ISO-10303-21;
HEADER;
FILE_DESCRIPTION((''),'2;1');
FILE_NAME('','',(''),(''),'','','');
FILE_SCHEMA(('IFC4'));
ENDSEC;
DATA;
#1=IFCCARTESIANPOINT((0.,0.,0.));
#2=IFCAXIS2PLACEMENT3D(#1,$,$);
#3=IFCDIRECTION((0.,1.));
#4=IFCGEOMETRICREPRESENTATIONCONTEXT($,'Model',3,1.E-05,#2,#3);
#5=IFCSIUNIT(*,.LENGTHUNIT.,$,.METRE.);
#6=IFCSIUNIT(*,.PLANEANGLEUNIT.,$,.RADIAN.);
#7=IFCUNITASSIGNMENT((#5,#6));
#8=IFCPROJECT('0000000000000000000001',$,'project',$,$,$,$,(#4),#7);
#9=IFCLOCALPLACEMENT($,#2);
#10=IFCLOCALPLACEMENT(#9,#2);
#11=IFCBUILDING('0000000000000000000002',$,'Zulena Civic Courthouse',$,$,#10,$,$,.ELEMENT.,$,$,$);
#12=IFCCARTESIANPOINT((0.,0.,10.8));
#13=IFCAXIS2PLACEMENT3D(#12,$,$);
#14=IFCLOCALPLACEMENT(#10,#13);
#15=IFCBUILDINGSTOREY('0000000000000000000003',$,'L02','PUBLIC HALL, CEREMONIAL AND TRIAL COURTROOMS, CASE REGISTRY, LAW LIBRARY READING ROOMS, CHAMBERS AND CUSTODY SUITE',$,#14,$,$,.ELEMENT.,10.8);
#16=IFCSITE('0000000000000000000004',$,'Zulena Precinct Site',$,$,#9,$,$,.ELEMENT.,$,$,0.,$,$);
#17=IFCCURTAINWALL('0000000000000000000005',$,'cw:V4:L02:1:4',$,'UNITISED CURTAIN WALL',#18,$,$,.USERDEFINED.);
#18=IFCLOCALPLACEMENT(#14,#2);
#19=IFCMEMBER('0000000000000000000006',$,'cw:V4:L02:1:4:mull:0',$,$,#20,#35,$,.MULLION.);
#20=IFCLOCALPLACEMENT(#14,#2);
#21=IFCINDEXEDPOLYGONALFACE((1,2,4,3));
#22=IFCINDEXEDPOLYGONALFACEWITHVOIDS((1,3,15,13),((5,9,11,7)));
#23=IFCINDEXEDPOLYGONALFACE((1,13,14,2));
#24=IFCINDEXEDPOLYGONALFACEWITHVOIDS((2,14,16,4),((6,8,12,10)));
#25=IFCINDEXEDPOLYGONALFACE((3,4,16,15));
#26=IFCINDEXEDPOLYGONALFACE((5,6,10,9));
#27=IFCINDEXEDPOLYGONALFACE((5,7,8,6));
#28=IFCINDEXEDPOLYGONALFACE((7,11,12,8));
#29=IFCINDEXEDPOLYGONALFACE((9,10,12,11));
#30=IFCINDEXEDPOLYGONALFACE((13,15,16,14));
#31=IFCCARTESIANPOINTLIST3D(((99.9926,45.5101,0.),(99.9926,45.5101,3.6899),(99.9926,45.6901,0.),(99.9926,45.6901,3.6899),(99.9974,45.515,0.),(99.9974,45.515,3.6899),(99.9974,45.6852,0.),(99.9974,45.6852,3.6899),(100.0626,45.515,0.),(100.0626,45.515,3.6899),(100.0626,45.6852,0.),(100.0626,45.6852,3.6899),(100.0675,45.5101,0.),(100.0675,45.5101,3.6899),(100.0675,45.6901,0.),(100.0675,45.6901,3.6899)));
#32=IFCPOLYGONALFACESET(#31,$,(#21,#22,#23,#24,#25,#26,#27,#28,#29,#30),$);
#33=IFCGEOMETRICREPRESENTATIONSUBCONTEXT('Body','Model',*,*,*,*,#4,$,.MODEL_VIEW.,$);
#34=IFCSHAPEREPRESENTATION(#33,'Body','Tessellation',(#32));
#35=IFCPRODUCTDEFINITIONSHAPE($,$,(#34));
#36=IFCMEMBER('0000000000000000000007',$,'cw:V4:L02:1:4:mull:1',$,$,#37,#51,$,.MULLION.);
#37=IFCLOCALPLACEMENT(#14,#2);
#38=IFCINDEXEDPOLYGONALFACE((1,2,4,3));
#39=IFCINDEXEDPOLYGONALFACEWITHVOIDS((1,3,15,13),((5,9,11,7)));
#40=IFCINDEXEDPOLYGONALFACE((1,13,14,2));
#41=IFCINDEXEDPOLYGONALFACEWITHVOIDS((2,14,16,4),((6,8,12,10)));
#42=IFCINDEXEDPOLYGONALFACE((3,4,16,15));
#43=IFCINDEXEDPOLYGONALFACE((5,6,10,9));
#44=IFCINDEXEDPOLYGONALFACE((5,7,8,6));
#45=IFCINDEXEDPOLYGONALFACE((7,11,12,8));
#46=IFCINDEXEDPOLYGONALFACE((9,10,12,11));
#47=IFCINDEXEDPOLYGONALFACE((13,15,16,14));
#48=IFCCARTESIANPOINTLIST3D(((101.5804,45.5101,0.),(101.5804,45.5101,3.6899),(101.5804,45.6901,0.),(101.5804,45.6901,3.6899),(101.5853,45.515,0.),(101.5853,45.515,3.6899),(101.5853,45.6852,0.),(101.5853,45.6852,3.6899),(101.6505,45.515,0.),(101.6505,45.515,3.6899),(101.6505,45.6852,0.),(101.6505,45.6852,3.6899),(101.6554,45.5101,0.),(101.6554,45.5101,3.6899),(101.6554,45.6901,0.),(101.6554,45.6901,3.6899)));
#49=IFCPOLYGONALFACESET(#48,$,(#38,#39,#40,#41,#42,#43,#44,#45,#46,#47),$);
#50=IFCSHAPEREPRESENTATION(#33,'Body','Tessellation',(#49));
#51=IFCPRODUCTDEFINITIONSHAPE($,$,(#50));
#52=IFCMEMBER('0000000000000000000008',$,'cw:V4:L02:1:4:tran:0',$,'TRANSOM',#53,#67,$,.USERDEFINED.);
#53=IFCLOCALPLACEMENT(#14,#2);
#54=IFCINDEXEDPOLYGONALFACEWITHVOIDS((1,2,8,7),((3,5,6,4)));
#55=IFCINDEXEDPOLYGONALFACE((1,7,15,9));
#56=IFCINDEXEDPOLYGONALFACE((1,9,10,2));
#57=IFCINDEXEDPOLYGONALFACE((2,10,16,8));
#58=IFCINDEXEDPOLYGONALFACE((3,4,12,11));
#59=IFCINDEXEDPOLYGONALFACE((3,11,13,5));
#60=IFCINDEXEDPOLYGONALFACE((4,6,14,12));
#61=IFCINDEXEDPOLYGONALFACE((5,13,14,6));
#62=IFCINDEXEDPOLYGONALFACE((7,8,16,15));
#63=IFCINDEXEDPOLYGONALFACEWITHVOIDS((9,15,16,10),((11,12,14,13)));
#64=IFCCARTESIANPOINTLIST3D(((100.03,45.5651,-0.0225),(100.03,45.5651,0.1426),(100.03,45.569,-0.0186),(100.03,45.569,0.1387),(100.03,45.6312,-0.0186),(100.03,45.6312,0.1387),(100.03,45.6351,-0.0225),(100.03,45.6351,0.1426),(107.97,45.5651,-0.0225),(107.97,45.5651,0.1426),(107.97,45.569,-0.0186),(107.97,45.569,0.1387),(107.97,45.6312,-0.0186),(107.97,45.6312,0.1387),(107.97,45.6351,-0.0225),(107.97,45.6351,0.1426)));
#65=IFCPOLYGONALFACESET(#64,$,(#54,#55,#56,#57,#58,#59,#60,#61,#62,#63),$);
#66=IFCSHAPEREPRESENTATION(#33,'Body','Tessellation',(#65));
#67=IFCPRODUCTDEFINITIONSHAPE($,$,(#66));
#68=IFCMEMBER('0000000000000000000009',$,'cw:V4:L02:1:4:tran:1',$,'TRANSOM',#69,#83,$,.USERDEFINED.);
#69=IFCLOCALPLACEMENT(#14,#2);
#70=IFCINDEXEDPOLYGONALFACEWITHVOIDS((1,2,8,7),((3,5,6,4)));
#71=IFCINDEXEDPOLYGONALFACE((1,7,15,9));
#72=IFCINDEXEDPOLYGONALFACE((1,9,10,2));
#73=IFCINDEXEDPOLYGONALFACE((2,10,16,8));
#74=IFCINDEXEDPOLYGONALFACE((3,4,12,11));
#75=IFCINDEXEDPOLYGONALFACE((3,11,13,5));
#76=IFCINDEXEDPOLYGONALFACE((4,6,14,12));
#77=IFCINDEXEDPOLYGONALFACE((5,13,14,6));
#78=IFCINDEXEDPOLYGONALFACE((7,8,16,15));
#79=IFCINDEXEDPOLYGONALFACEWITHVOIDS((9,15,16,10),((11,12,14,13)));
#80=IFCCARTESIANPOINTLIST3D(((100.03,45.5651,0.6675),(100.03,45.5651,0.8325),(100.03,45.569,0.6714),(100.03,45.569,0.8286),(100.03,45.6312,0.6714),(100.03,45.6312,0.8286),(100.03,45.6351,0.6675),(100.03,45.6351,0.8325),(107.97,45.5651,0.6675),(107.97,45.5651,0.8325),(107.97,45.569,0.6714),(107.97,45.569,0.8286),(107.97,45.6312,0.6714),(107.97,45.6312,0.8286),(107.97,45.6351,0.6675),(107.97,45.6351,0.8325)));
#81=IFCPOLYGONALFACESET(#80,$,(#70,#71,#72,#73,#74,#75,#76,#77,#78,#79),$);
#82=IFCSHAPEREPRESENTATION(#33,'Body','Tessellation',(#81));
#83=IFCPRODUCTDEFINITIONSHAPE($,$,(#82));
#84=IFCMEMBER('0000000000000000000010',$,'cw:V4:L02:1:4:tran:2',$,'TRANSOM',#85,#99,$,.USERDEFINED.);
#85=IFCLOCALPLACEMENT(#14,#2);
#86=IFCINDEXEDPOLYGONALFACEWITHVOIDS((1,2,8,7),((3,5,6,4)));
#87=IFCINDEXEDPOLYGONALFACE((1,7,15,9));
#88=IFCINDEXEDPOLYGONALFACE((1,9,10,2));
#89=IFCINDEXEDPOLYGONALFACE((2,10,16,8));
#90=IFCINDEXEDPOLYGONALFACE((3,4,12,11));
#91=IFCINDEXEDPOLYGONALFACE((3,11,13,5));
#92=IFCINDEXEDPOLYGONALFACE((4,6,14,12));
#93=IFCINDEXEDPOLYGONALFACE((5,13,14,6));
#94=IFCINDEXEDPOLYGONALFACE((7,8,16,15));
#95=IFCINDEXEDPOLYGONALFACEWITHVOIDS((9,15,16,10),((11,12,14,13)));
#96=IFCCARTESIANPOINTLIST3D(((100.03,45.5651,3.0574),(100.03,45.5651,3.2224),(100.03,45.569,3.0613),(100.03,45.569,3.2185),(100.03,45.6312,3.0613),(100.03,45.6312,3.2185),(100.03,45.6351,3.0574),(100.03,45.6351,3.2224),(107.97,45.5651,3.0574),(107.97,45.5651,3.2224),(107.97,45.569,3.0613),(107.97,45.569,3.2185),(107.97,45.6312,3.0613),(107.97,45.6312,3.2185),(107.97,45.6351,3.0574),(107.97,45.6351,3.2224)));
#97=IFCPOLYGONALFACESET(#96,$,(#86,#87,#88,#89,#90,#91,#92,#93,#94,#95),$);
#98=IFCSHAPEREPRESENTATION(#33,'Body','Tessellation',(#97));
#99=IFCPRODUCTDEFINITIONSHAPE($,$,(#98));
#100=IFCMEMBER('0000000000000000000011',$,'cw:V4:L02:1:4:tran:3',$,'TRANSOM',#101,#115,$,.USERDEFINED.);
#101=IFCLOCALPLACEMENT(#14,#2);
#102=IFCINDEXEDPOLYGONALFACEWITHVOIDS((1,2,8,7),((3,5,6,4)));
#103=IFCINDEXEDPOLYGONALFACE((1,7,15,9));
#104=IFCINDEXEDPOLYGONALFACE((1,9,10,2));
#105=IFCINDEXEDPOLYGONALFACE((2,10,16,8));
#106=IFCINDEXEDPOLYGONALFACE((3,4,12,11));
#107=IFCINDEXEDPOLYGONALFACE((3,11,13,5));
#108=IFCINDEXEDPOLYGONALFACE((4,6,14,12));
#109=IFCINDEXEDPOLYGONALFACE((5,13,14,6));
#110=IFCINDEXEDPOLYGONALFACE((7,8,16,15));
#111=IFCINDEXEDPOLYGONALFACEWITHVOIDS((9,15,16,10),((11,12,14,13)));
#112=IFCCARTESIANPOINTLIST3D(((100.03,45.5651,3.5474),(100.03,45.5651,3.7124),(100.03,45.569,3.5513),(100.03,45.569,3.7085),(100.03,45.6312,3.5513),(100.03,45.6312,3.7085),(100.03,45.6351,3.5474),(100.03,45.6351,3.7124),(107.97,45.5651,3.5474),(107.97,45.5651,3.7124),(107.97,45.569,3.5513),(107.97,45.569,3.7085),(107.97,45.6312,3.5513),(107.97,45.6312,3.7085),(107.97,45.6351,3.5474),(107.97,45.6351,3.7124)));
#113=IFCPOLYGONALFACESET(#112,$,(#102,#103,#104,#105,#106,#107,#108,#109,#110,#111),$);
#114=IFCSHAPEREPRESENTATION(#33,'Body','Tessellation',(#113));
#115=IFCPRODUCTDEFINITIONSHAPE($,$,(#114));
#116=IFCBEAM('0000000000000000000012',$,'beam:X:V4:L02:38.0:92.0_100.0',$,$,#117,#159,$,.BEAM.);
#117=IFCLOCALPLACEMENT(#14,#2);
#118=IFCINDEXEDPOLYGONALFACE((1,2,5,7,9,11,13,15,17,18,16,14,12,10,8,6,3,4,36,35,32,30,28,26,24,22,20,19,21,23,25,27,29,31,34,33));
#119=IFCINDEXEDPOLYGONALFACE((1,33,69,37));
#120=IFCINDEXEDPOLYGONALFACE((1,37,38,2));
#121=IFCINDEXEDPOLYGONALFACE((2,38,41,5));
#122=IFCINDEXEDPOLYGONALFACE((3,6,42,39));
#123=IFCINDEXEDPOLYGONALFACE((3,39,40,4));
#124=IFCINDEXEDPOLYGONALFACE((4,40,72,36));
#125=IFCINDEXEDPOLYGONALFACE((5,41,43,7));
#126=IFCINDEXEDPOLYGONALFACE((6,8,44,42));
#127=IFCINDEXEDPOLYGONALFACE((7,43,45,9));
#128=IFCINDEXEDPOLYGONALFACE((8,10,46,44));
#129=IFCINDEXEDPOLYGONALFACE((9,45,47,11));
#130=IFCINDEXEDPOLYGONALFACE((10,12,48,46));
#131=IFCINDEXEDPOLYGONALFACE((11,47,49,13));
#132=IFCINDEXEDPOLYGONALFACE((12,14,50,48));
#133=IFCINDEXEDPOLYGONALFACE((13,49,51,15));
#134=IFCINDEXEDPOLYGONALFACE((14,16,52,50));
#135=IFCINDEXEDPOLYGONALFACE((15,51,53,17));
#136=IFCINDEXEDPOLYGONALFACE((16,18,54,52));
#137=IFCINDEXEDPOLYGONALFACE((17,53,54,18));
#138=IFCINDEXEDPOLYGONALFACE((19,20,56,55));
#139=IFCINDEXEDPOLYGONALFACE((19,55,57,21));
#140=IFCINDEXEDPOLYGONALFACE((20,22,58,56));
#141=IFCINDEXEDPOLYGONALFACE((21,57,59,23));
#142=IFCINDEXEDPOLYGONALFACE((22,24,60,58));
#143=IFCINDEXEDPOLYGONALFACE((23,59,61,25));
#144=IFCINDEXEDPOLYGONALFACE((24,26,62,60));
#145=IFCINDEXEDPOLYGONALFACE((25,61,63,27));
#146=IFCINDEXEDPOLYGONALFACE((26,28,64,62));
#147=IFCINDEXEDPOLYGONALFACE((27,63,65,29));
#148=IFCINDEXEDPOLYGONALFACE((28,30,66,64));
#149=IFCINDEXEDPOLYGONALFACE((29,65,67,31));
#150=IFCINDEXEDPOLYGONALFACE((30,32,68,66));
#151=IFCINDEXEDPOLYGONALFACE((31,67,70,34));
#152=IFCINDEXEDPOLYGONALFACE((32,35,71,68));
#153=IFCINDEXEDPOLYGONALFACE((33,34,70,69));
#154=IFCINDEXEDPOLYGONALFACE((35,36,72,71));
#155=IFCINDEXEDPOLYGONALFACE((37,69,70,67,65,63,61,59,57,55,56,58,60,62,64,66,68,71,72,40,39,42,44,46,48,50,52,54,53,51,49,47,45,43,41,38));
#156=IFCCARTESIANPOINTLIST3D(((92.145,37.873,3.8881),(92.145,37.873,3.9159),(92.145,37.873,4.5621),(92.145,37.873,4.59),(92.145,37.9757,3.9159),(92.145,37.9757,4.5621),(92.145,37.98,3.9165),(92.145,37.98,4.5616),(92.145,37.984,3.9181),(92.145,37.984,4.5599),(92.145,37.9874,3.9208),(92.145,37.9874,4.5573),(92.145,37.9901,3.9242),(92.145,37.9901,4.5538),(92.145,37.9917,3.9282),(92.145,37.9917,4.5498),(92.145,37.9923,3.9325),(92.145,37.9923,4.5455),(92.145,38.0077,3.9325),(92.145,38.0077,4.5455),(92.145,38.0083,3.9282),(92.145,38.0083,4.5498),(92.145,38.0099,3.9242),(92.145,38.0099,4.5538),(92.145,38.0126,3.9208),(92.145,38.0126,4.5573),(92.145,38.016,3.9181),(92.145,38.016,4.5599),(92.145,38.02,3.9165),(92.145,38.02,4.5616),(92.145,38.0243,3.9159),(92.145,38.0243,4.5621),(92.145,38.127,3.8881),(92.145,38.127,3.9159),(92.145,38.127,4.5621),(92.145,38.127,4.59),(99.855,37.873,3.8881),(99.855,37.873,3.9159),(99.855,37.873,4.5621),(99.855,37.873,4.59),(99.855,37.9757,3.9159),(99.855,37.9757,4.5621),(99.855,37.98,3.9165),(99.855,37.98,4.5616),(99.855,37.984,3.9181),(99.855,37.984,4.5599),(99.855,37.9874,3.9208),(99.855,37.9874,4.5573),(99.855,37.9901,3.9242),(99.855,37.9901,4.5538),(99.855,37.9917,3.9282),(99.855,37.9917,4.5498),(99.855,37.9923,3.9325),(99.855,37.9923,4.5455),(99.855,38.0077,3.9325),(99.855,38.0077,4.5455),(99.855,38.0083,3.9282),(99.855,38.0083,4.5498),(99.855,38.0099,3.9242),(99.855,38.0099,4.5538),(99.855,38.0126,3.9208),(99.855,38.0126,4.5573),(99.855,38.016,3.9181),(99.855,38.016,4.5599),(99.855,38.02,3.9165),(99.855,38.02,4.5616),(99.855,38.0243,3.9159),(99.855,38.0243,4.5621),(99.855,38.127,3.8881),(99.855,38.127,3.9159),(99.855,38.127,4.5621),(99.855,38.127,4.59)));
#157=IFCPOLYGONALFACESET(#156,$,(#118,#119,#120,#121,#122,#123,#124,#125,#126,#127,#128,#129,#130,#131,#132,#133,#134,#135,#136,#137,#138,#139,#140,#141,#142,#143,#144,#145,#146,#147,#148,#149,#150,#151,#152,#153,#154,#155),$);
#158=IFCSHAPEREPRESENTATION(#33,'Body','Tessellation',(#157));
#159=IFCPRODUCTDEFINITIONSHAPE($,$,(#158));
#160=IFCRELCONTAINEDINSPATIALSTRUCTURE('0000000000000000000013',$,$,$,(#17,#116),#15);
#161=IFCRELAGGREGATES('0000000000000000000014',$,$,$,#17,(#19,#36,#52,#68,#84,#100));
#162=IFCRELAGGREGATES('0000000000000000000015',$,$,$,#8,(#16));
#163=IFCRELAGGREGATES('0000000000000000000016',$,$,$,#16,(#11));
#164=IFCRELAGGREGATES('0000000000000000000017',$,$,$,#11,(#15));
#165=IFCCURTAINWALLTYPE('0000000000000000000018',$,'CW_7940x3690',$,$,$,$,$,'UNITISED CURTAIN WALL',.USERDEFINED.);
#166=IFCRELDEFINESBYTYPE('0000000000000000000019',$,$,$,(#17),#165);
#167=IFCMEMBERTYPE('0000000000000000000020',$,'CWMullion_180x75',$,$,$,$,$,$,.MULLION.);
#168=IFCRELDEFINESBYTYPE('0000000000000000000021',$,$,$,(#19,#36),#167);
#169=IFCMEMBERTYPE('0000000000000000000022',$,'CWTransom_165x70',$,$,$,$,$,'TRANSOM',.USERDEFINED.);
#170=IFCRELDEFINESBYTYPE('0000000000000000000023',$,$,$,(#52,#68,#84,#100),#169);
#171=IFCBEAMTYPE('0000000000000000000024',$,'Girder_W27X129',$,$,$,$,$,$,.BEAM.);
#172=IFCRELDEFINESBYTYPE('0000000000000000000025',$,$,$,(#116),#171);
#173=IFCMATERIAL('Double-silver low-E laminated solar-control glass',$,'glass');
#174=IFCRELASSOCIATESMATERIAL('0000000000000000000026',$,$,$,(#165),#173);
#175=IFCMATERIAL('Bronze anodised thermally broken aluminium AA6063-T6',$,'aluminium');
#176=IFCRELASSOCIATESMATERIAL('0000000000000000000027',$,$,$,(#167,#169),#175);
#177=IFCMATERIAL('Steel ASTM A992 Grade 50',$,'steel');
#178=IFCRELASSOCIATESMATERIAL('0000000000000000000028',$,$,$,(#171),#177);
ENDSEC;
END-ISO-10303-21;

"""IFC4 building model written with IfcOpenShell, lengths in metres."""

from ifc_helpers import new_model, si_unit, direction, frame, origin, origin_2d, place, context, subcontext, project, spatial, hollow_rectangle, i_section, extrude, material, material_profile, profile_set, type_object, element, aggregate, save


model = new_model("IFC4")

# Units and contexts
model_context = context("Model", 3, precision=1e-05, world=origin(), true_north=direction((0.0, 1.0)))
body_context = subcontext(model_context, "Body", "Model", "MODEL_VIEW")
ifc_project = project(units=[si_unit("LENGTHUNIT", "METRE"), si_unit("PLANEANGLEUNIT", "RADIAN")], contexts=[model_context])

# Site, building, storey
site_placement = place(None, origin())
site = spatial("IfcSite", under=ifc_project, at=site_placement, Name="Zulena Precinct Site", CompositionType="ELEMENT", RefElevation=0.0)
building_placement = place(site_placement, origin())
building = spatial("IfcBuilding", under=site, at=building_placement, Name="Zulena Civic Courthouse", CompositionType="ELEMENT")
storey_placement = place(building_placement, frame((0.0, 0.0, 10.8)))
storey = spatial("IfcBuildingStorey", under=building, at=storey_placement, Name="L02", Description="PUBLIC HALL, CEREMONIAL AND TRIAL COURTROOMS, CASE REGISTRY, LAW LIBRARY READING ROOMS, CHAMBERS AND CUSTODY SUITE", CompositionType="ELEMENT", Elevation=10.8)

# Shared definitions
ifc_material_1 = material(Name="Steel ASTM A992 Grade 50", Category="steel")

# Curtain wall, members
ifc_material_2 = material(Name="Double-silver low-E laminated solar-control glass", Category="glass")
curtain_wall_type = type_object("IfcCurtainWallType", Name="CW_7940x3690", ElementType="UNITISED CURTAIN WALL", PredefinedType="USERDEFINED", material=ifc_material_2)
ifc_material_3 = material(Name="Bronze anodised thermally broken aluminium AA6063-T6", Category="aluminium")
ifc_material_profile_1 = material_profile(ifc_material_3, hollow_rectangle(XDim=0.075, YDim=0.1799, WallThickness=0.0049, at=origin_2d()), Name="CWM180X75X5")
ifc_profile_set_1 = profile_set([ifc_material_profile_1], Name="Bronze anodised thermally broken aluminium AA6063-T6")
member_type_1 = type_object("IfcMemberType", Name="CWMullion_180x75", PredefinedType="MULLION", material=ifc_profile_set_1)
curtain_wall_1_placement = place(storey_placement, origin())
curtain_wall_1 = element("IfcCurtainWall", 1, at=curtain_wall_1_placement, inside=storey, type_object=curtain_wall_type, Name="cw:V4:L02:1:4", ObjectType="UNITISED CURTAIN WALL", PredefinedType="USERDEFINED")
member_1_placement = place(storey_placement, frame((100.03, 45.6001, 0.0), z_axis=(0.0, 0.0, 1.0), x_axis=(1.0, 0.0, 0.0)))
member_1 = element("IfcMember", 2, at=member_1_placement, type_object=member_type_1, Name="cw:V4:L02:1:4:mull:0", PredefinedType="MULLION", context=body_context, shape_type="SweptSolid", body=[
    extrude(hollow_rectangle(XDim=0.075, YDim=0.1799, WallThickness=0.0049, at=origin_2d()), origin(), (0.0, 0.0, 1.0), 3.6899),
])
member_2_placement = place(storey_placement, frame((101.6179, 45.6001, 0.0), z_axis=(0.0, 0.0, 1.0), x_axis=(1.0, 0.0, 0.0)))
member_2 = element("IfcMember", 3, at=member_2_placement, type_object=member_type_1, Name="cw:V4:L02:1:4:mull:1", PredefinedType="MULLION", context=body_context, shape_type="SweptSolid", body=[
    extrude(hollow_rectangle(XDim=0.075, YDim=0.1799, WallThickness=0.0049, at=origin_2d()), origin(), (0.0, 0.0, 1.0), 3.6899),
])
ifc_material_profile_2 = material_profile(ifc_material_3, hollow_rectangle(XDim=0.0701, YDim=0.165, WallThickness=0.0039, at=origin_2d()), Name="CWT165X70X4")
ifc_profile_set_2 = profile_set([ifc_material_profile_2], Name="Bronze anodised thermally broken aluminium AA6063-T6")
member_type_2 = type_object("IfcMemberType", Name="CWTransom_165x70", ElementType="TRANSOM", PredefinedType="USERDEFINED", material=ifc_profile_set_2)
member_3_placement = place(storey_placement, frame((100.03, 45.6001, 0.0601), z_axis=(1.0, 0.0, 0.0), x_axis=(0.0, 1.0, 0.0)))
member_3 = element("IfcMember", 4, at=member_3_placement, type_object=member_type_2, Name="cw:V4:L02:1:4:tran:0", ObjectType="TRANSOM", PredefinedType="USERDEFINED", context=body_context, shape_type="SweptSolid", body=[
    extrude(hollow_rectangle(XDim=0.0701, YDim=0.165, WallThickness=0.0039, at=origin_2d()), origin(), (0.0, 0.0, 1.0), 7.9399),
])
member_4_placement = place(storey_placement, frame((100.03, 45.6001, 0.75), z_axis=(1.0, 0.0, 0.0), x_axis=(0.0, 1.0, 0.0)))
member_4 = element("IfcMember", 5, at=member_4_placement, type_object=member_type_2, Name="cw:V4:L02:1:4:tran:1", ObjectType="TRANSOM", PredefinedType="USERDEFINED", context=body_context, shape_type="SweptSolid", body=[
    extrude(hollow_rectangle(XDim=0.0701, YDim=0.165, WallThickness=0.0039, at=origin_2d()), origin(), (0.0, 0.0, 1.0), 7.9399),
])
member_5_placement = place(storey_placement, frame((100.03, 45.6001, 3.1399), z_axis=(1.0, 0.0, 0.0), x_axis=(0.0, 1.0, 0.0)))
member_5 = element("IfcMember", 6, at=member_5_placement, type_object=member_type_2, Name="cw:V4:L02:1:4:tran:2", ObjectType="TRANSOM", PredefinedType="USERDEFINED", context=body_context, shape_type="SweptSolid", body=[
    extrude(hollow_rectangle(XDim=0.0701, YDim=0.165, WallThickness=0.0039, at=origin_2d()), origin(), (0.0, 0.0, 1.0), 7.9399),
])
member_6_placement = place(storey_placement, frame((100.03, 45.6001, 3.6299), z_axis=(1.0, 0.0, 0.0), x_axis=(0.0, 1.0, 0.0)))
member_6 = element("IfcMember", 7, at=member_6_placement, type_object=member_type_2, Name="cw:V4:L02:1:4:tran:3", ObjectType="TRANSOM", PredefinedType="USERDEFINED", context=body_context, shape_type="SweptSolid", body=[
    extrude(hollow_rectangle(XDim=0.0701, YDim=0.165, WallThickness=0.0039, at=origin_2d()), origin(), (0.0, 0.0, 1.0), 7.9399),
])

# Beam
ifc_material_profile_3 = material_profile(ifc_material_1, i_section(OverallWidth=0.2539, OverallDepth=0.7019, WebThickness=0.0154, FlangeThickness=0.0278, FilletRadius=0.0166, at=origin_2d()), Name="W27X129")
ifc_profile_set_3 = profile_set([ifc_material_profile_3], Name="Steel ASTM A992 Grade 50")
beam_type_1 = type_object("IfcBeamType", Name="Girder_W27X129", PredefinedType="BEAM", material=ifc_profile_set_3)
for number, where, z_axis, x_axis, name in (
    (8, (92.145, 38.0, 4.239), (1.0, 0.0, 0.0), (0.0, 1.0, 0.0), "beam:X:V4:L02:38.0:92.0_100.0"),
):
    element("IfcBeam", number, at=place(storey_placement, frame(where, z_axis=z_axis, x_axis=x_axis)), inside=storey, type_object=beam_type_1, Name=name, PredefinedType="BEAM", context=body_context, shape_type="SweptSolid", body=[
        extrude(i_section(OverallWidth=0.2539, OverallDepth=0.7019, WebThickness=0.0154, FlangeThickness=0.0278, FilletRadius=0.0166, at=origin_2d()), origin(), (0.0, 0.0, 1.0), 7.71),
    ])

aggregate(curtain_wall_1, [member_1, member_2, member_3, member_4, member_5, member_6])

save(model, "model.ifc")
